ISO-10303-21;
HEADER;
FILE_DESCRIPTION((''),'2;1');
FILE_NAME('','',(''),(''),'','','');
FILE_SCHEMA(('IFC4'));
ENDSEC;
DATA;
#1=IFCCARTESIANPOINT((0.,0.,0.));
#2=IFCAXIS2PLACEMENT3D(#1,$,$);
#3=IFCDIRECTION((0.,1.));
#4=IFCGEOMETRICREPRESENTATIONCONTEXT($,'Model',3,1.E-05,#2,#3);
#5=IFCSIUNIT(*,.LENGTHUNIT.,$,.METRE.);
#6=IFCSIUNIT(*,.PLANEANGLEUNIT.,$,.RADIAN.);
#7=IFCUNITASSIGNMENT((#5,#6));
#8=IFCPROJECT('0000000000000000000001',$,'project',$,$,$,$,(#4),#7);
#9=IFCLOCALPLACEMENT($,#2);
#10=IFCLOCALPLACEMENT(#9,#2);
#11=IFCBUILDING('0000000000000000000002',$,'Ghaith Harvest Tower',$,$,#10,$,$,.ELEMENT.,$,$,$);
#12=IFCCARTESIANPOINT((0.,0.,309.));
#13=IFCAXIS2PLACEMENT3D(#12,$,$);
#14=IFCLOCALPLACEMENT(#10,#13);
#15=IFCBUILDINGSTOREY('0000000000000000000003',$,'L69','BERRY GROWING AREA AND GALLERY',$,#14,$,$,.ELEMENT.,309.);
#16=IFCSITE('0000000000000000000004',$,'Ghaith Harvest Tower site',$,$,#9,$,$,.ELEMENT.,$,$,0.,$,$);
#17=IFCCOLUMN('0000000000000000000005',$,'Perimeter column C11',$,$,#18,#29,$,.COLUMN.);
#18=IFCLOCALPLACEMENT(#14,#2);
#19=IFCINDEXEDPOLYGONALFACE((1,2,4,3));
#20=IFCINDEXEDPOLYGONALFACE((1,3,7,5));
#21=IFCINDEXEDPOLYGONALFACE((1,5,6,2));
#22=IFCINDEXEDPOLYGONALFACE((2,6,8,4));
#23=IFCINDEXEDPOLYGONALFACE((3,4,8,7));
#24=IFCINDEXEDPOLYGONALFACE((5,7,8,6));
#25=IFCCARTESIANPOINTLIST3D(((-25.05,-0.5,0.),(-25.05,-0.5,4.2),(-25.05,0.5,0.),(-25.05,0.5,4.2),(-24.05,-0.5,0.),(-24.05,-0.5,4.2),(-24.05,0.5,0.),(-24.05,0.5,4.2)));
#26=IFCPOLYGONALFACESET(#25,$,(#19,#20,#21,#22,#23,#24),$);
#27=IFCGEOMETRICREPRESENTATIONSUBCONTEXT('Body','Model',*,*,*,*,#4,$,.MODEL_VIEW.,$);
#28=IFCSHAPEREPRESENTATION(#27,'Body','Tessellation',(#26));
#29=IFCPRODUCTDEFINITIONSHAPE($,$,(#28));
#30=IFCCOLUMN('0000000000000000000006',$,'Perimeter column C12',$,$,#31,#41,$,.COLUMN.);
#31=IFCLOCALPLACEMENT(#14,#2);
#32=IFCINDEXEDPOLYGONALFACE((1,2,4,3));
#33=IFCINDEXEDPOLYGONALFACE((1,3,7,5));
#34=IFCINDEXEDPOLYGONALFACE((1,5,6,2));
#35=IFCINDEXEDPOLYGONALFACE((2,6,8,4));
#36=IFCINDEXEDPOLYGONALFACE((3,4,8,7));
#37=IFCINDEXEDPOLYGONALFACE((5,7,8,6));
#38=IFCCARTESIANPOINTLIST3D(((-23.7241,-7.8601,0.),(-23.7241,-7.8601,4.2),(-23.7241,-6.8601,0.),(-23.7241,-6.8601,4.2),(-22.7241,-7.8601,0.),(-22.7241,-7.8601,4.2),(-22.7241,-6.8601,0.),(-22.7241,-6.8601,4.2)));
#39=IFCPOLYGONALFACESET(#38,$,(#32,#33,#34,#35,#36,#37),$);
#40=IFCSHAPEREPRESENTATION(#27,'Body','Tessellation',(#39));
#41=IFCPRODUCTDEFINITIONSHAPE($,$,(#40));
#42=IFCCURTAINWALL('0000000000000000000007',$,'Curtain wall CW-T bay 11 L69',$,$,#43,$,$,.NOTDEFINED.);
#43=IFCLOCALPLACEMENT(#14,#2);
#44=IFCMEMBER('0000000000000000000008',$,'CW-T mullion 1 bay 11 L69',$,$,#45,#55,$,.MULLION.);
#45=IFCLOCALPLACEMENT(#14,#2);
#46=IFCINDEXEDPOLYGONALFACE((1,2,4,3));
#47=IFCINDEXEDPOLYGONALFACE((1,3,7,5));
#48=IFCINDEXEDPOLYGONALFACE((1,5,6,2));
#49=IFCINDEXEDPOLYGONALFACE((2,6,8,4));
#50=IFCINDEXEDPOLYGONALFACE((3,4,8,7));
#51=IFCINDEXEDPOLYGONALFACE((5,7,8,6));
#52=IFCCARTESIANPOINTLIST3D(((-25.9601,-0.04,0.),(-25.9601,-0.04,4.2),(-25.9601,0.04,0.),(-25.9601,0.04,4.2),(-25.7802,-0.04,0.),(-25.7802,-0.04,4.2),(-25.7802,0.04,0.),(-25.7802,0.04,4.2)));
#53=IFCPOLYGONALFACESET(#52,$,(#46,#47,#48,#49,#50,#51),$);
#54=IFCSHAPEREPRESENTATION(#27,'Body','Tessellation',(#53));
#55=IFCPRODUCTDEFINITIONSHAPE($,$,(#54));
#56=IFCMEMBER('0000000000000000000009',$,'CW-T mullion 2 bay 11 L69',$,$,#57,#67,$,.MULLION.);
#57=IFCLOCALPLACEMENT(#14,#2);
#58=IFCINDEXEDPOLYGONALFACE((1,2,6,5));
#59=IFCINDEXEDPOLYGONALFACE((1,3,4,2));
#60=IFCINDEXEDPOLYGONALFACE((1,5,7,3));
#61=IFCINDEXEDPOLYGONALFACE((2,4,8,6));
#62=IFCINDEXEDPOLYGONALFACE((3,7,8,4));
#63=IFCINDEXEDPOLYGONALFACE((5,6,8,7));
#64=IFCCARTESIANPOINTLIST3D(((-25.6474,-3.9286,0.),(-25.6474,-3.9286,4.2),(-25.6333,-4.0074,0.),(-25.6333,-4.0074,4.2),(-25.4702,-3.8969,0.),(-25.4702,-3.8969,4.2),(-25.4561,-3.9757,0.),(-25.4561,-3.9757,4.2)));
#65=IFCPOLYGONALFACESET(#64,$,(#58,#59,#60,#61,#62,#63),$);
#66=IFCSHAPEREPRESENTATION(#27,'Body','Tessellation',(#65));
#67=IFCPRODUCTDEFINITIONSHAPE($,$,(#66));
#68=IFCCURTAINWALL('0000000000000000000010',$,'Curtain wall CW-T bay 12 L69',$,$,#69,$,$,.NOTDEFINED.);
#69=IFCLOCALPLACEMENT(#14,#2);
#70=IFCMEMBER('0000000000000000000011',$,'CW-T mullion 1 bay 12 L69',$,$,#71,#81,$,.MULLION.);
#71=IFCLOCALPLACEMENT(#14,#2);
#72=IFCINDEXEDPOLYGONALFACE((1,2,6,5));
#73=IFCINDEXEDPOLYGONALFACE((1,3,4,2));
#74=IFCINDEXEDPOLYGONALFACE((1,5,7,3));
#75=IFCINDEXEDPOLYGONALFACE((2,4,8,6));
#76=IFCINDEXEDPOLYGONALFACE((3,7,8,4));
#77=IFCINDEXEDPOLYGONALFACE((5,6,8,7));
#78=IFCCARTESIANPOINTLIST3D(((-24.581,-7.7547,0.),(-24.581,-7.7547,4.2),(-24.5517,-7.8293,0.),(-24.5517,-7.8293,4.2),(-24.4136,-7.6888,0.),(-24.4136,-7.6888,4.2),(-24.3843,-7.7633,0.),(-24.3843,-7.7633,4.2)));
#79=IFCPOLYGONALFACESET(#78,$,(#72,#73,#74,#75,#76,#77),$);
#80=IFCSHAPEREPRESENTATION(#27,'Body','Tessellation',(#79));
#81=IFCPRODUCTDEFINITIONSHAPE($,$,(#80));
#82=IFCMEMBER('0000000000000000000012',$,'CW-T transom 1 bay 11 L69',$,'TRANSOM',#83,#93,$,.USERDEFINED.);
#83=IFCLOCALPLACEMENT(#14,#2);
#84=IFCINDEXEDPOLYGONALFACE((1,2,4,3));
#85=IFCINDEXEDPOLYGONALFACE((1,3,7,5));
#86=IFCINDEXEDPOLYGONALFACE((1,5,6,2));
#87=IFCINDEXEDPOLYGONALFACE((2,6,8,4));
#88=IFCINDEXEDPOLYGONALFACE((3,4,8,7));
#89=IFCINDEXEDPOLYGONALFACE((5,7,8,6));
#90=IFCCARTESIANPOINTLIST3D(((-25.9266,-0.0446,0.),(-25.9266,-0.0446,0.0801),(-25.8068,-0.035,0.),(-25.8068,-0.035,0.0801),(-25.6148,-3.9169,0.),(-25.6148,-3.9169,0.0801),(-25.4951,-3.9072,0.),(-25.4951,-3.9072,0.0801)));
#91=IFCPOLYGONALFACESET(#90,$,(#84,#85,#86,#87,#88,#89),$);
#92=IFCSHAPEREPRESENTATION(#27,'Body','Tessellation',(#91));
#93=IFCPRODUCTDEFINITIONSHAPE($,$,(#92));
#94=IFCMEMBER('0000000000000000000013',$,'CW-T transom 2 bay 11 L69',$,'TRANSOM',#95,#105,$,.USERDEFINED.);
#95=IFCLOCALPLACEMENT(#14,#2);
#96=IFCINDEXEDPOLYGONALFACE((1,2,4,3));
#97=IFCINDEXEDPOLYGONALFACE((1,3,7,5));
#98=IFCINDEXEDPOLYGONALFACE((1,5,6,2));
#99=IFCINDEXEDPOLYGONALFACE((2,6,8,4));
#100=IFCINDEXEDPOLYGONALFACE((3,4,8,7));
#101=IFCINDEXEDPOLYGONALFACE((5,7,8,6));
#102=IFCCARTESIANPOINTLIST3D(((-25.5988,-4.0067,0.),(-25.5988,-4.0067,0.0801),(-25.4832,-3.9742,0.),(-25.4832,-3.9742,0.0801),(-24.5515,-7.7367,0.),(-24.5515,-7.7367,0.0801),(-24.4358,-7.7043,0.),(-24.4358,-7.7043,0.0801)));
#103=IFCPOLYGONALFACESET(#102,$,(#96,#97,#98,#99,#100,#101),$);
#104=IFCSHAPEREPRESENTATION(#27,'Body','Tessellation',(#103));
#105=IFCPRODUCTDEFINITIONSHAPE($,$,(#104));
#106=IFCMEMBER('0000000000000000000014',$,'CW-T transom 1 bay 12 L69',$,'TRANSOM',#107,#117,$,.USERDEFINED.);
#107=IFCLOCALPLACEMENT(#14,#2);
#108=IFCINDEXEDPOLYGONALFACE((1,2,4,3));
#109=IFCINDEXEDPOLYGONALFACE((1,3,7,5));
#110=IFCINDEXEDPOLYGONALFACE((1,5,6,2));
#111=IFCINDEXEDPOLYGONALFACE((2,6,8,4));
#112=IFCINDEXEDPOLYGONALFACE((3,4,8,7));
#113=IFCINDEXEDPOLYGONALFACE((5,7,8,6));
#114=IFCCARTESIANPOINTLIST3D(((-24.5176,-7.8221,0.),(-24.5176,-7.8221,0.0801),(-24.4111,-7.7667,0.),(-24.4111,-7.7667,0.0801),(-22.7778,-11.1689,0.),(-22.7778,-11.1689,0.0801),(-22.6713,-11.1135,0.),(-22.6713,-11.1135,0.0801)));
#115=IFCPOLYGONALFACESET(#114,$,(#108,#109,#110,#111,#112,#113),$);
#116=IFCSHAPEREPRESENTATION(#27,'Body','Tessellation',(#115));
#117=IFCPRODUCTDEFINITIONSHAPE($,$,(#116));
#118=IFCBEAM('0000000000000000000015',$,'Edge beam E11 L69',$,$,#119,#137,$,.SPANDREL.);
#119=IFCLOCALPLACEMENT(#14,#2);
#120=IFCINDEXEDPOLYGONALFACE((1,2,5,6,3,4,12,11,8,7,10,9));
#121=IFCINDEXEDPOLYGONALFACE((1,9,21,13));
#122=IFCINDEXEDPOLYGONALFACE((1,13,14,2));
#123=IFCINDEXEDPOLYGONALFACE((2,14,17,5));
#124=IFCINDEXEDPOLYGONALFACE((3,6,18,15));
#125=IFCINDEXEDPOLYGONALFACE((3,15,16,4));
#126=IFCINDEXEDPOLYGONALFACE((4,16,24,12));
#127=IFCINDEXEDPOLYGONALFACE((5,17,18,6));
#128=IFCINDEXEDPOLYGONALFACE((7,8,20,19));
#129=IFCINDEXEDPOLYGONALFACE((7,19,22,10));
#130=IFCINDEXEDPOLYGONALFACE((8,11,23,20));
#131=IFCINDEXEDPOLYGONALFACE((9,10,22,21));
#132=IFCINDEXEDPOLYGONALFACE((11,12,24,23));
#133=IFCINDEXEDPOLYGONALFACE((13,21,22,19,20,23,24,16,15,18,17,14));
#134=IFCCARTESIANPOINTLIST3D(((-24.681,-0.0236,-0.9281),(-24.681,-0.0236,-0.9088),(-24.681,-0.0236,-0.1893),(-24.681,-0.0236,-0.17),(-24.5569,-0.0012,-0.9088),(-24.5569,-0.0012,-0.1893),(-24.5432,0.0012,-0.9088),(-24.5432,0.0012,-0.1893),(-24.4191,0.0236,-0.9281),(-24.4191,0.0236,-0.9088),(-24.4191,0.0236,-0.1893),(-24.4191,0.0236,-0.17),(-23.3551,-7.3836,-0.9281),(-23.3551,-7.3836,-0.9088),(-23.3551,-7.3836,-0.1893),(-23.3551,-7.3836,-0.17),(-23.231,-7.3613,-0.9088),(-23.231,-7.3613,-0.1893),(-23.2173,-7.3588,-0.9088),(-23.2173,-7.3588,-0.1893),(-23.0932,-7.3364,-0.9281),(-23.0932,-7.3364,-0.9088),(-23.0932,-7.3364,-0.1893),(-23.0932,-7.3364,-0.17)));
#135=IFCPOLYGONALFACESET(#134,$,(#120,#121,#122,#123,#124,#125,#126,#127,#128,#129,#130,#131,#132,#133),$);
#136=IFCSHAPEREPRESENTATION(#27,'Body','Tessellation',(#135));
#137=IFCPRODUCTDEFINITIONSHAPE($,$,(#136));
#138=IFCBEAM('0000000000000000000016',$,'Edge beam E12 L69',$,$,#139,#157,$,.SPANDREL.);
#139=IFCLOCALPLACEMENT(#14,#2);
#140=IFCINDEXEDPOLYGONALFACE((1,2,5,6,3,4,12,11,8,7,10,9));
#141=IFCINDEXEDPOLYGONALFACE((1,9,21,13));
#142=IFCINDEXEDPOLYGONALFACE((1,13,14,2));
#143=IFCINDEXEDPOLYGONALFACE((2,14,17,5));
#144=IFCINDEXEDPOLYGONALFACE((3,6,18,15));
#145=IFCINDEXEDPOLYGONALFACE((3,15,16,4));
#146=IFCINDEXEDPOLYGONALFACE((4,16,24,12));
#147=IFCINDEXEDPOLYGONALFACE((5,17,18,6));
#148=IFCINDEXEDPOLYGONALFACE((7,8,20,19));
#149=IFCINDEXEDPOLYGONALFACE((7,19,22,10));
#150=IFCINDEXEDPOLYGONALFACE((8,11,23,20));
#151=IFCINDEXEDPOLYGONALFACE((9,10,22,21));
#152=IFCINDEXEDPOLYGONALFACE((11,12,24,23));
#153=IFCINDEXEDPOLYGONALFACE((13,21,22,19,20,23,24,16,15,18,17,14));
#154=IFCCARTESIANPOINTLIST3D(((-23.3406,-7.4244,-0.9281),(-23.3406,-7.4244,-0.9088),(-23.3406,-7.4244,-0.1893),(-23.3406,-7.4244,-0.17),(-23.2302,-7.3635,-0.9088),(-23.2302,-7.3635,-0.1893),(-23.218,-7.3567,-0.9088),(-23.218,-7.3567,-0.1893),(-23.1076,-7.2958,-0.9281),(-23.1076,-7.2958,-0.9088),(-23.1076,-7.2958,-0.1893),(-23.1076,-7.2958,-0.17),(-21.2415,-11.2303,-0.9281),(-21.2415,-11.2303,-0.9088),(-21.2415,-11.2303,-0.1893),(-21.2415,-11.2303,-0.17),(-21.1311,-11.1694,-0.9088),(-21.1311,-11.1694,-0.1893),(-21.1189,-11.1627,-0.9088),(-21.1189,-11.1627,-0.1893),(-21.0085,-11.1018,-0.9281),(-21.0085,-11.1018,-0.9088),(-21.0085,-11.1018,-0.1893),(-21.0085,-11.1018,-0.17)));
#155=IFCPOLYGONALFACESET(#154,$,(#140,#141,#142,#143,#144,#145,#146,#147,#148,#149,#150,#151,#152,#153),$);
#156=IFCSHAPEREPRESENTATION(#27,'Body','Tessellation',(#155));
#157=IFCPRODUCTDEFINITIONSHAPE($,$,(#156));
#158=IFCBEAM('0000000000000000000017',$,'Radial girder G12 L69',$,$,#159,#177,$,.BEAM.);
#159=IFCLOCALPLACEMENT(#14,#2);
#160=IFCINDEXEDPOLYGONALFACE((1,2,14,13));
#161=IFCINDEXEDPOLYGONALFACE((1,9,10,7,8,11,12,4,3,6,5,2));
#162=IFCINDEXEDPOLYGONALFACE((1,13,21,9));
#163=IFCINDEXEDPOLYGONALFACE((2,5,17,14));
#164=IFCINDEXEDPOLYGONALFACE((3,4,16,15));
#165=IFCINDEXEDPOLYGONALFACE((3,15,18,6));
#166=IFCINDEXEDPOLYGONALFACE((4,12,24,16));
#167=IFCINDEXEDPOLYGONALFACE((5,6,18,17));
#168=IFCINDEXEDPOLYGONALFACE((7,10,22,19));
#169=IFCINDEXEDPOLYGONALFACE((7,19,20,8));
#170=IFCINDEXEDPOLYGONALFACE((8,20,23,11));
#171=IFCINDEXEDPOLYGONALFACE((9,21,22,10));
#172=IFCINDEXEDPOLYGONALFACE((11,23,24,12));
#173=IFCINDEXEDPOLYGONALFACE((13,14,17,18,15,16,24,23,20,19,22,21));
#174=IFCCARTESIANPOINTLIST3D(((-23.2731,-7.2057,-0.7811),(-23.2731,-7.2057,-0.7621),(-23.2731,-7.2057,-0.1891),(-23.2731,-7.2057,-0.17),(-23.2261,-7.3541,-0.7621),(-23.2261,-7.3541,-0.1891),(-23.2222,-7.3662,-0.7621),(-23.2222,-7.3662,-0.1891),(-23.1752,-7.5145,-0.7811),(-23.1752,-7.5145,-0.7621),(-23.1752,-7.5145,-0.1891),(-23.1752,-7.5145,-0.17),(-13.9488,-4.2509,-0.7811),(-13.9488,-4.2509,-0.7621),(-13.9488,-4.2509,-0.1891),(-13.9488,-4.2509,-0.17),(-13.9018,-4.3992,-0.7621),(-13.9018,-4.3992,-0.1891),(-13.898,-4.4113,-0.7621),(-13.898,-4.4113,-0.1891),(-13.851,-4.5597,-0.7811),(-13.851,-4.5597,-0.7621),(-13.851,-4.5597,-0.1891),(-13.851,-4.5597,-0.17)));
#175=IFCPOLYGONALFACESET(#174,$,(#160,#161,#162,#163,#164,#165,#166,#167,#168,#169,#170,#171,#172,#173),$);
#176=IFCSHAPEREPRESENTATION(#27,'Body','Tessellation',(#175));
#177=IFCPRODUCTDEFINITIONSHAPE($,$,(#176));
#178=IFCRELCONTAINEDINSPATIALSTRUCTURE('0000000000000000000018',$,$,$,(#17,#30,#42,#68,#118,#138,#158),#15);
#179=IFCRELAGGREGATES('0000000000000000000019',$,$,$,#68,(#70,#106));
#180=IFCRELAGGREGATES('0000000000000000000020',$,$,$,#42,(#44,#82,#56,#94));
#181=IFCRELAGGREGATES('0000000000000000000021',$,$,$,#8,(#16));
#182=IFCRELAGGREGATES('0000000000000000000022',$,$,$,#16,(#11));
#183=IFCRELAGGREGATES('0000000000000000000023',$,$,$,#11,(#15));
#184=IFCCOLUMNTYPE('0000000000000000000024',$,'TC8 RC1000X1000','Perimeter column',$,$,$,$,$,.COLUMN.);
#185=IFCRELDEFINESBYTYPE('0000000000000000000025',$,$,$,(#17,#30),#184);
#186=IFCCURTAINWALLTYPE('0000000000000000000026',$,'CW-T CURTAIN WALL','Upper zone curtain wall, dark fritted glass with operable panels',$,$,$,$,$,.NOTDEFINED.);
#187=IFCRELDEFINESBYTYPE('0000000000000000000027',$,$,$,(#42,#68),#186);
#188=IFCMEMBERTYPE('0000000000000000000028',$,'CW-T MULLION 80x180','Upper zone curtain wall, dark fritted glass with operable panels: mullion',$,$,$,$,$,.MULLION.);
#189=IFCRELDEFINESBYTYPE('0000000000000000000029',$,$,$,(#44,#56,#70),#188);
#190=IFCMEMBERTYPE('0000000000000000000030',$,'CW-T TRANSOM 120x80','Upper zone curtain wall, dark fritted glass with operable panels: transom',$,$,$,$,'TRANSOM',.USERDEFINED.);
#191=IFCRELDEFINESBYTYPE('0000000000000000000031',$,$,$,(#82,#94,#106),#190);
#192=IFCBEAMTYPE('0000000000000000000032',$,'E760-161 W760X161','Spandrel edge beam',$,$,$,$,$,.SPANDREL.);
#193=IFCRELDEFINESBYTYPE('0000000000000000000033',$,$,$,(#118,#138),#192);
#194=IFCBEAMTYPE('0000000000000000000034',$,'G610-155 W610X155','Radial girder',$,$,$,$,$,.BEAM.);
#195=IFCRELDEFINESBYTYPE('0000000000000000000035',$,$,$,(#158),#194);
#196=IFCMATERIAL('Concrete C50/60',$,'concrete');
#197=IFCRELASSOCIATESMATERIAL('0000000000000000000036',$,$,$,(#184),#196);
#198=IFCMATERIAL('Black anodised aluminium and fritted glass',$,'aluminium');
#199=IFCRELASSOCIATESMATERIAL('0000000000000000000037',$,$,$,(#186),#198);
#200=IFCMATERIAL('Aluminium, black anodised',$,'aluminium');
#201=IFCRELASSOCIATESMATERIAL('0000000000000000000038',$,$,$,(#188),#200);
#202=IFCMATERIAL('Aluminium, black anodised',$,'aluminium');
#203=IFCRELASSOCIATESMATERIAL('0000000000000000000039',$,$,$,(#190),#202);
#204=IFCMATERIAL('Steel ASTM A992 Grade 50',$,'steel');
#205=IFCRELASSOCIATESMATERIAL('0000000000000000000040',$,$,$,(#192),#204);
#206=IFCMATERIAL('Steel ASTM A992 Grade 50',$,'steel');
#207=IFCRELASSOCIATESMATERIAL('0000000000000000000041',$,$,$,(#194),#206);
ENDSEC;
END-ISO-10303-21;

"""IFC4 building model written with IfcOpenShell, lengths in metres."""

from ifc_helpers import new_model, si_unit, direction, frame, origin, origin_2d, place, context, subcontext, project, spatial, rectangle, i_section, extrude, material, material_profile, profile_set, type_object, element, aggregate, save


model = new_model("IFC4")

# Units and contexts
model_context = context("Model", 3, precision=1e-05, world=origin(), true_north=direction((0.0, 1.0)))
body_context = subcontext(model_context, "Body", "Model", "MODEL_VIEW")
ifc_project = project(units=[si_unit("LENGTHUNIT", "METRE"), si_unit("PLANEANGLEUNIT", "RADIAN")], contexts=[model_context])

# Site, building, storey
site_placement = place(None, origin())
site = spatial("IfcSite", under=ifc_project, at=site_placement, Name="Ghaith Harvest Tower site", CompositionType="ELEMENT", RefElevation=0.0)
building_placement = place(site_placement, origin())
building = spatial("IfcBuilding", under=site, at=building_placement, Name="Ghaith Harvest Tower", CompositionType="ELEMENT")
storey_placement = place(building_placement, frame((0.0, 0.0, 309.0)))
storey = spatial("IfcBuildingStorey", under=building, at=storey_placement, Name="L69", Description="BERRY GROWING AREA AND GALLERY", CompositionType="ELEMENT", Elevation=309.0)

# Columns
ifc_material_1 = material(Name="Concrete C50/60", Category="concrete")
ifc_material_profile_1 = material_profile(ifc_material_1, rectangle(XDim=1.0, YDim=1.0, at=origin_2d()), Name="RC1000X1000")
ifc_profile_set_1 = profile_set([ifc_material_profile_1], Name="Concrete C50/60")
column_type = type_object("IfcColumnType", Name="TC8 RC1000X1000", Description="Perimeter column", PredefinedType="COLUMN", material=ifc_profile_set_1)
for number, where, z_axis, x_axis, name in (
    (1, (-24.55, 0.0, 0.0), (0.0, 0.0, 1.0), (1.0, 0.0, 0.0), "Perimeter column C11"),
    (2, (-23.2241, -7.3601, 0.0), (0.0, 0.0, 1.0), (1.0, 0.0, 0.0), "Perimeter column C12"),
):
    element("IfcColumn", number, at=place(storey_placement, frame(where, z_axis=z_axis, x_axis=x_axis)), inside=storey, type_object=column_type, Name=name, PredefinedType="COLUMN", context=body_context, shape_type="SweptSolid", body=[
        extrude(rectangle(XDim=1.0, YDim=1.0, at=origin_2d()), origin(), (0.0, 0.0, 1.0), 4.2),
    ])

# Curtain wall, members
ifc_material_2 = material(Name="Black anodised aluminium and fritted glass", Category="aluminium")
curtain_wall_type = type_object("IfcCurtainWallType", Name="CW-T CURTAIN WALL", Description="Upper zone curtain wall, dark fritted glass with operable panels", PredefinedType="NOTDEFINED", material=ifc_material_2)
curtain_wall_1_placement = place(storey_placement, origin())
curtain_wall_1 = element("IfcCurtainWall", 3, at=curtain_wall_1_placement, inside=storey, type_object=curtain_wall_type, Name="Curtain wall CW-T bay 11 L69", PredefinedType="NOTDEFINED")
ifc_material_3 = material(Name="Aluminium, black anodised", Category="aluminium")
ifc_material_profile_2 = material_profile(ifc_material_3, rectangle(XDim=0.0801, YDim=0.1799, at=origin_2d()), Name="CW-T MULLION 80x180")
ifc_profile_set_2 = profile_set([ifc_material_profile_2], Name="Aluminium, black anodised")
member_type_1 = type_object("IfcMemberType", Name="CW-T MULLION 80x180", Description="Upper zone curtain wall, dark fritted glass with operable panels: mullion", PredefinedType="MULLION", material=ifc_profile_set_2)
member_1_placement = place(storey_placement, frame((-25.8701, 0.0, 0.0), z_axis=(0.0, 0.0, 1.0), x_axis=(0.0, -1.0, 0.0)))
member_1 = element("IfcMember", 4, at=member_1_placement, type_object=member_type_1, Name="CW-T mullion 1 bay 11 L69", PredefinedType="MULLION", context=body_context, shape_type="SweptSolid", body=[
    extrude(rectangle(XDim=0.0801, YDim=0.1799, at=origin_2d()), origin(), (0.0, 0.0, 1.0), 4.2),
])
member_2_placement = place(storey_placement, frame((-25.5518, -3.9521, 0.0), z_axis=(0.0, 0.0, 1.0), x_axis=(0.176001, -0.98439, 0.0)))
member_2 = element("IfcMember", 5, at=member_2_placement, type_object=member_type_1, Name="CW-T mullion 2 bay 11 L69", PredefinedType="MULLION", context=body_context, shape_type="SweptSolid", body=[
    extrude(rectangle(XDim=0.0801, YDim=0.1799, at=origin_2d()), origin(), (0.0, 0.0, 1.0), 4.2),
])

# Curtain wall, member
curtain_wall_2_placement = place(storey_placement, origin())
curtain_wall_2 = element("IfcCurtainWall", 6, at=curtain_wall_2_placement, inside=storey, type_object=curtain_wall_type, Name="Curtain wall CW-T bay 12 L69", PredefinedType="NOTDEFINED")
member_3_placement = place(storey_placement, frame((-24.4827, -7.759, 0.0), z_axis=(0.0, 0.0, 1.0), x_axis=(0.366473, -0.930429, 0.0)))
member_3 = element("IfcMember", 7, at=member_3_placement, type_object=member_type_1, Name="CW-T mullion 1 bay 12 L69", PredefinedType="MULLION", context=body_context, shape_type="SweptSolid", body=[
    extrude(rectangle(XDim=0.0801, YDim=0.1799, at=origin_2d()), origin(), (0.0, 0.0, 1.0), 4.2),
])

# Members
ifc_material_4 = material(Name="Aluminium, black anodised", Category="aluminium")
ifc_material_profile_3 = material_profile(ifc_material_4, rectangle(XDim=0.1201, YDim=0.0801, at=origin_2d()), Name="CW-T TRANSOM 120x80")
ifc_profile_set_3 = profile_set([ifc_material_profile_3], Name="Aluminium, black anodised")
member_type_2 = type_object("IfcMemberType", Name="CW-T TRANSOM 120x80", Description="Upper zone curtain wall, dark fritted glass with operable panels: transom", ElementType="TRANSOM", PredefinedType="USERDEFINED", material=ifc_profile_set_3)
member_4_placement = place(storey_placement, frame((-25.8667, -0.0398, 0.04), z_axis=(0.080252, -0.996775, 0.0), x_axis=(0.996775, 0.080252, 0.0)))
member_4 = element("IfcMember", 8, at=member_4_placement, type_object=member_type_2, Name="CW-T transom 1 bay 11 L69", ObjectType="TRANSOM", PredefinedType="USERDEFINED", context=body_context, shape_type="SweptSolid", body=[
    extrude(rectangle(XDim=0.1201, YDim=0.0801, at=origin_2d()), origin(), (0.0, 0.0, 1.0), 3.8848),
])
member_5_placement = place(storey_placement, frame((-25.541, -3.9905, 0.04), z_axis=(0.27034, -0.962765, 0.0), x_axis=(0.962765, 0.27034, 0.0)))
member_5 = element("IfcMember", 9, at=member_5_placement, type_object=member_type_2, Name="CW-T transom 2 bay 11 L69", ObjectType="TRANSOM", PredefinedType="USERDEFINED", context=body_context, shape_type="SweptSolid", body=[
    extrude(rectangle(XDim=0.1201, YDim=0.0801, at=origin_2d()), origin(), (0.0, 0.0, 1.0), 3.8743),
])
member_6_placement = place(storey_placement, frame((-24.4644, -7.7944, 0.04), z_axis=(0.461243, -0.887274, 0.0), x_axis=(0.887274, 0.461243, 0.0)))
member_6 = element("IfcMember", 10, at=member_6_placement, type_object=member_type_2, Name="CW-T transom 1 bay 12 L69", ObjectType="TRANSOM", PredefinedType="USERDEFINED", context=body_context, shape_type="SweptSolid", body=[
    extrude(rectangle(XDim=0.1201, YDim=0.0801, at=origin_2d()), origin(), (0.0, 0.0, 1.0), 3.772),
])
aggregate(curtain_wall_2, [member_3, member_6])

# Beams
ifc_material_5 = material(Name="Steel ASTM A992 Grade 50", Category="steel")
ifc_material_profile_4 = material_profile(ifc_material_5, i_section(OverallWidth=0.2661, OverallDepth=0.7581, WebThickness=0.0139, FlangeThickness=0.0193, at=origin_2d()), Name="W760X161")
ifc_profile_set_4 = profile_set([ifc_material_profile_4], Name="Steel ASTM A992 Grade 50")
beam_type_1 = type_object("IfcBeamType", Name="E760-161 W760X161", Description="Spandrel edge beam", PredefinedType="SPANDREL", material=ifc_profile_set_4)
beam_1_placement = place(storey_placement, frame((-24.55, 0.0, -0.5491), z_axis=(0.177297, -0.984157, 0.0), x_axis=(0.984157, 0.177297, 0.0)))
element("IfcBeam", 11, at=beam_1_placement, inside=storey, type_object=beam_type_1, Name="Edge beam E11 L69", PredefinedType="SPANDREL", context=body_context, shape_type="SweptSolid", body=[
    extrude(i_section(OverallWidth=0.2661, OverallDepth=0.7581, WebThickness=0.0139, FlangeThickness=0.0193, at=origin_2d()), origin(), (0.0, 0.0, 1.0), 7.4785),
])
beam_2_placement = place(storey_placement, frame((-23.2241, -7.3601, -0.5491), z_axis=(0.482956, -0.875645, 0.0), x_axis=(0.875645, 0.482956, 0.0)))
element("IfcBeam", 12, at=beam_2_placement, inside=storey, type_object=beam_type_1, Name="Edge beam E12 L69", PredefinedType="SPANDREL", context=body_context, shape_type="SweptSolid", body=[
    extrude(i_section(OverallWidth=0.2661, OverallDepth=0.7581, WebThickness=0.0139, FlangeThickness=0.0193, at=origin_2d()), origin(), (0.0, 0.0, 1.0), 4.3464),
])
ifc_material_6 = material(Name="Steel ASTM A992 Grade 50", Category="steel")
ifc_material_profile_5 = material_profile(ifc_material_6, i_section(OverallWidth=0.324, OverallDepth=0.6111, WebThickness=0.0127, FlangeThickness=0.019, at=origin_2d()), Name="W610X155")
ifc_profile_set_5 = profile_set([ifc_material_profile_5], Name="Steel ASTM A992 Grade 50")
beam_type_2 = type_object("IfcBeamType", Name="G610-155 W610X155", Description="Radial girder", PredefinedType="BEAM", material=ifc_profile_set_5)
beam_3_placement = place(storey_placement, frame((-13.8999, -4.4053, -0.4756), z_axis=(-0.953279, -0.302093, 0.0), x_axis=(0.302093, -0.953279, 0.0)))
element("IfcBeam", 13, at=beam_3_placement, inside=storey, type_object=beam_type_2, Name="Radial girder G12 L69", PredefinedType="BEAM", context=body_context, shape_type="SweptSolid", body=[
    extrude(i_section(OverallWidth=0.324, OverallDepth=0.6111, WebThickness=0.0127, FlangeThickness=0.019, at=origin_2d()), origin(), (0.0, 0.0, 1.0), 9.7812),
])

aggregate(curtain_wall_1, [member_1, member_4, member_2, member_5])

save(model, "model.ifc")
